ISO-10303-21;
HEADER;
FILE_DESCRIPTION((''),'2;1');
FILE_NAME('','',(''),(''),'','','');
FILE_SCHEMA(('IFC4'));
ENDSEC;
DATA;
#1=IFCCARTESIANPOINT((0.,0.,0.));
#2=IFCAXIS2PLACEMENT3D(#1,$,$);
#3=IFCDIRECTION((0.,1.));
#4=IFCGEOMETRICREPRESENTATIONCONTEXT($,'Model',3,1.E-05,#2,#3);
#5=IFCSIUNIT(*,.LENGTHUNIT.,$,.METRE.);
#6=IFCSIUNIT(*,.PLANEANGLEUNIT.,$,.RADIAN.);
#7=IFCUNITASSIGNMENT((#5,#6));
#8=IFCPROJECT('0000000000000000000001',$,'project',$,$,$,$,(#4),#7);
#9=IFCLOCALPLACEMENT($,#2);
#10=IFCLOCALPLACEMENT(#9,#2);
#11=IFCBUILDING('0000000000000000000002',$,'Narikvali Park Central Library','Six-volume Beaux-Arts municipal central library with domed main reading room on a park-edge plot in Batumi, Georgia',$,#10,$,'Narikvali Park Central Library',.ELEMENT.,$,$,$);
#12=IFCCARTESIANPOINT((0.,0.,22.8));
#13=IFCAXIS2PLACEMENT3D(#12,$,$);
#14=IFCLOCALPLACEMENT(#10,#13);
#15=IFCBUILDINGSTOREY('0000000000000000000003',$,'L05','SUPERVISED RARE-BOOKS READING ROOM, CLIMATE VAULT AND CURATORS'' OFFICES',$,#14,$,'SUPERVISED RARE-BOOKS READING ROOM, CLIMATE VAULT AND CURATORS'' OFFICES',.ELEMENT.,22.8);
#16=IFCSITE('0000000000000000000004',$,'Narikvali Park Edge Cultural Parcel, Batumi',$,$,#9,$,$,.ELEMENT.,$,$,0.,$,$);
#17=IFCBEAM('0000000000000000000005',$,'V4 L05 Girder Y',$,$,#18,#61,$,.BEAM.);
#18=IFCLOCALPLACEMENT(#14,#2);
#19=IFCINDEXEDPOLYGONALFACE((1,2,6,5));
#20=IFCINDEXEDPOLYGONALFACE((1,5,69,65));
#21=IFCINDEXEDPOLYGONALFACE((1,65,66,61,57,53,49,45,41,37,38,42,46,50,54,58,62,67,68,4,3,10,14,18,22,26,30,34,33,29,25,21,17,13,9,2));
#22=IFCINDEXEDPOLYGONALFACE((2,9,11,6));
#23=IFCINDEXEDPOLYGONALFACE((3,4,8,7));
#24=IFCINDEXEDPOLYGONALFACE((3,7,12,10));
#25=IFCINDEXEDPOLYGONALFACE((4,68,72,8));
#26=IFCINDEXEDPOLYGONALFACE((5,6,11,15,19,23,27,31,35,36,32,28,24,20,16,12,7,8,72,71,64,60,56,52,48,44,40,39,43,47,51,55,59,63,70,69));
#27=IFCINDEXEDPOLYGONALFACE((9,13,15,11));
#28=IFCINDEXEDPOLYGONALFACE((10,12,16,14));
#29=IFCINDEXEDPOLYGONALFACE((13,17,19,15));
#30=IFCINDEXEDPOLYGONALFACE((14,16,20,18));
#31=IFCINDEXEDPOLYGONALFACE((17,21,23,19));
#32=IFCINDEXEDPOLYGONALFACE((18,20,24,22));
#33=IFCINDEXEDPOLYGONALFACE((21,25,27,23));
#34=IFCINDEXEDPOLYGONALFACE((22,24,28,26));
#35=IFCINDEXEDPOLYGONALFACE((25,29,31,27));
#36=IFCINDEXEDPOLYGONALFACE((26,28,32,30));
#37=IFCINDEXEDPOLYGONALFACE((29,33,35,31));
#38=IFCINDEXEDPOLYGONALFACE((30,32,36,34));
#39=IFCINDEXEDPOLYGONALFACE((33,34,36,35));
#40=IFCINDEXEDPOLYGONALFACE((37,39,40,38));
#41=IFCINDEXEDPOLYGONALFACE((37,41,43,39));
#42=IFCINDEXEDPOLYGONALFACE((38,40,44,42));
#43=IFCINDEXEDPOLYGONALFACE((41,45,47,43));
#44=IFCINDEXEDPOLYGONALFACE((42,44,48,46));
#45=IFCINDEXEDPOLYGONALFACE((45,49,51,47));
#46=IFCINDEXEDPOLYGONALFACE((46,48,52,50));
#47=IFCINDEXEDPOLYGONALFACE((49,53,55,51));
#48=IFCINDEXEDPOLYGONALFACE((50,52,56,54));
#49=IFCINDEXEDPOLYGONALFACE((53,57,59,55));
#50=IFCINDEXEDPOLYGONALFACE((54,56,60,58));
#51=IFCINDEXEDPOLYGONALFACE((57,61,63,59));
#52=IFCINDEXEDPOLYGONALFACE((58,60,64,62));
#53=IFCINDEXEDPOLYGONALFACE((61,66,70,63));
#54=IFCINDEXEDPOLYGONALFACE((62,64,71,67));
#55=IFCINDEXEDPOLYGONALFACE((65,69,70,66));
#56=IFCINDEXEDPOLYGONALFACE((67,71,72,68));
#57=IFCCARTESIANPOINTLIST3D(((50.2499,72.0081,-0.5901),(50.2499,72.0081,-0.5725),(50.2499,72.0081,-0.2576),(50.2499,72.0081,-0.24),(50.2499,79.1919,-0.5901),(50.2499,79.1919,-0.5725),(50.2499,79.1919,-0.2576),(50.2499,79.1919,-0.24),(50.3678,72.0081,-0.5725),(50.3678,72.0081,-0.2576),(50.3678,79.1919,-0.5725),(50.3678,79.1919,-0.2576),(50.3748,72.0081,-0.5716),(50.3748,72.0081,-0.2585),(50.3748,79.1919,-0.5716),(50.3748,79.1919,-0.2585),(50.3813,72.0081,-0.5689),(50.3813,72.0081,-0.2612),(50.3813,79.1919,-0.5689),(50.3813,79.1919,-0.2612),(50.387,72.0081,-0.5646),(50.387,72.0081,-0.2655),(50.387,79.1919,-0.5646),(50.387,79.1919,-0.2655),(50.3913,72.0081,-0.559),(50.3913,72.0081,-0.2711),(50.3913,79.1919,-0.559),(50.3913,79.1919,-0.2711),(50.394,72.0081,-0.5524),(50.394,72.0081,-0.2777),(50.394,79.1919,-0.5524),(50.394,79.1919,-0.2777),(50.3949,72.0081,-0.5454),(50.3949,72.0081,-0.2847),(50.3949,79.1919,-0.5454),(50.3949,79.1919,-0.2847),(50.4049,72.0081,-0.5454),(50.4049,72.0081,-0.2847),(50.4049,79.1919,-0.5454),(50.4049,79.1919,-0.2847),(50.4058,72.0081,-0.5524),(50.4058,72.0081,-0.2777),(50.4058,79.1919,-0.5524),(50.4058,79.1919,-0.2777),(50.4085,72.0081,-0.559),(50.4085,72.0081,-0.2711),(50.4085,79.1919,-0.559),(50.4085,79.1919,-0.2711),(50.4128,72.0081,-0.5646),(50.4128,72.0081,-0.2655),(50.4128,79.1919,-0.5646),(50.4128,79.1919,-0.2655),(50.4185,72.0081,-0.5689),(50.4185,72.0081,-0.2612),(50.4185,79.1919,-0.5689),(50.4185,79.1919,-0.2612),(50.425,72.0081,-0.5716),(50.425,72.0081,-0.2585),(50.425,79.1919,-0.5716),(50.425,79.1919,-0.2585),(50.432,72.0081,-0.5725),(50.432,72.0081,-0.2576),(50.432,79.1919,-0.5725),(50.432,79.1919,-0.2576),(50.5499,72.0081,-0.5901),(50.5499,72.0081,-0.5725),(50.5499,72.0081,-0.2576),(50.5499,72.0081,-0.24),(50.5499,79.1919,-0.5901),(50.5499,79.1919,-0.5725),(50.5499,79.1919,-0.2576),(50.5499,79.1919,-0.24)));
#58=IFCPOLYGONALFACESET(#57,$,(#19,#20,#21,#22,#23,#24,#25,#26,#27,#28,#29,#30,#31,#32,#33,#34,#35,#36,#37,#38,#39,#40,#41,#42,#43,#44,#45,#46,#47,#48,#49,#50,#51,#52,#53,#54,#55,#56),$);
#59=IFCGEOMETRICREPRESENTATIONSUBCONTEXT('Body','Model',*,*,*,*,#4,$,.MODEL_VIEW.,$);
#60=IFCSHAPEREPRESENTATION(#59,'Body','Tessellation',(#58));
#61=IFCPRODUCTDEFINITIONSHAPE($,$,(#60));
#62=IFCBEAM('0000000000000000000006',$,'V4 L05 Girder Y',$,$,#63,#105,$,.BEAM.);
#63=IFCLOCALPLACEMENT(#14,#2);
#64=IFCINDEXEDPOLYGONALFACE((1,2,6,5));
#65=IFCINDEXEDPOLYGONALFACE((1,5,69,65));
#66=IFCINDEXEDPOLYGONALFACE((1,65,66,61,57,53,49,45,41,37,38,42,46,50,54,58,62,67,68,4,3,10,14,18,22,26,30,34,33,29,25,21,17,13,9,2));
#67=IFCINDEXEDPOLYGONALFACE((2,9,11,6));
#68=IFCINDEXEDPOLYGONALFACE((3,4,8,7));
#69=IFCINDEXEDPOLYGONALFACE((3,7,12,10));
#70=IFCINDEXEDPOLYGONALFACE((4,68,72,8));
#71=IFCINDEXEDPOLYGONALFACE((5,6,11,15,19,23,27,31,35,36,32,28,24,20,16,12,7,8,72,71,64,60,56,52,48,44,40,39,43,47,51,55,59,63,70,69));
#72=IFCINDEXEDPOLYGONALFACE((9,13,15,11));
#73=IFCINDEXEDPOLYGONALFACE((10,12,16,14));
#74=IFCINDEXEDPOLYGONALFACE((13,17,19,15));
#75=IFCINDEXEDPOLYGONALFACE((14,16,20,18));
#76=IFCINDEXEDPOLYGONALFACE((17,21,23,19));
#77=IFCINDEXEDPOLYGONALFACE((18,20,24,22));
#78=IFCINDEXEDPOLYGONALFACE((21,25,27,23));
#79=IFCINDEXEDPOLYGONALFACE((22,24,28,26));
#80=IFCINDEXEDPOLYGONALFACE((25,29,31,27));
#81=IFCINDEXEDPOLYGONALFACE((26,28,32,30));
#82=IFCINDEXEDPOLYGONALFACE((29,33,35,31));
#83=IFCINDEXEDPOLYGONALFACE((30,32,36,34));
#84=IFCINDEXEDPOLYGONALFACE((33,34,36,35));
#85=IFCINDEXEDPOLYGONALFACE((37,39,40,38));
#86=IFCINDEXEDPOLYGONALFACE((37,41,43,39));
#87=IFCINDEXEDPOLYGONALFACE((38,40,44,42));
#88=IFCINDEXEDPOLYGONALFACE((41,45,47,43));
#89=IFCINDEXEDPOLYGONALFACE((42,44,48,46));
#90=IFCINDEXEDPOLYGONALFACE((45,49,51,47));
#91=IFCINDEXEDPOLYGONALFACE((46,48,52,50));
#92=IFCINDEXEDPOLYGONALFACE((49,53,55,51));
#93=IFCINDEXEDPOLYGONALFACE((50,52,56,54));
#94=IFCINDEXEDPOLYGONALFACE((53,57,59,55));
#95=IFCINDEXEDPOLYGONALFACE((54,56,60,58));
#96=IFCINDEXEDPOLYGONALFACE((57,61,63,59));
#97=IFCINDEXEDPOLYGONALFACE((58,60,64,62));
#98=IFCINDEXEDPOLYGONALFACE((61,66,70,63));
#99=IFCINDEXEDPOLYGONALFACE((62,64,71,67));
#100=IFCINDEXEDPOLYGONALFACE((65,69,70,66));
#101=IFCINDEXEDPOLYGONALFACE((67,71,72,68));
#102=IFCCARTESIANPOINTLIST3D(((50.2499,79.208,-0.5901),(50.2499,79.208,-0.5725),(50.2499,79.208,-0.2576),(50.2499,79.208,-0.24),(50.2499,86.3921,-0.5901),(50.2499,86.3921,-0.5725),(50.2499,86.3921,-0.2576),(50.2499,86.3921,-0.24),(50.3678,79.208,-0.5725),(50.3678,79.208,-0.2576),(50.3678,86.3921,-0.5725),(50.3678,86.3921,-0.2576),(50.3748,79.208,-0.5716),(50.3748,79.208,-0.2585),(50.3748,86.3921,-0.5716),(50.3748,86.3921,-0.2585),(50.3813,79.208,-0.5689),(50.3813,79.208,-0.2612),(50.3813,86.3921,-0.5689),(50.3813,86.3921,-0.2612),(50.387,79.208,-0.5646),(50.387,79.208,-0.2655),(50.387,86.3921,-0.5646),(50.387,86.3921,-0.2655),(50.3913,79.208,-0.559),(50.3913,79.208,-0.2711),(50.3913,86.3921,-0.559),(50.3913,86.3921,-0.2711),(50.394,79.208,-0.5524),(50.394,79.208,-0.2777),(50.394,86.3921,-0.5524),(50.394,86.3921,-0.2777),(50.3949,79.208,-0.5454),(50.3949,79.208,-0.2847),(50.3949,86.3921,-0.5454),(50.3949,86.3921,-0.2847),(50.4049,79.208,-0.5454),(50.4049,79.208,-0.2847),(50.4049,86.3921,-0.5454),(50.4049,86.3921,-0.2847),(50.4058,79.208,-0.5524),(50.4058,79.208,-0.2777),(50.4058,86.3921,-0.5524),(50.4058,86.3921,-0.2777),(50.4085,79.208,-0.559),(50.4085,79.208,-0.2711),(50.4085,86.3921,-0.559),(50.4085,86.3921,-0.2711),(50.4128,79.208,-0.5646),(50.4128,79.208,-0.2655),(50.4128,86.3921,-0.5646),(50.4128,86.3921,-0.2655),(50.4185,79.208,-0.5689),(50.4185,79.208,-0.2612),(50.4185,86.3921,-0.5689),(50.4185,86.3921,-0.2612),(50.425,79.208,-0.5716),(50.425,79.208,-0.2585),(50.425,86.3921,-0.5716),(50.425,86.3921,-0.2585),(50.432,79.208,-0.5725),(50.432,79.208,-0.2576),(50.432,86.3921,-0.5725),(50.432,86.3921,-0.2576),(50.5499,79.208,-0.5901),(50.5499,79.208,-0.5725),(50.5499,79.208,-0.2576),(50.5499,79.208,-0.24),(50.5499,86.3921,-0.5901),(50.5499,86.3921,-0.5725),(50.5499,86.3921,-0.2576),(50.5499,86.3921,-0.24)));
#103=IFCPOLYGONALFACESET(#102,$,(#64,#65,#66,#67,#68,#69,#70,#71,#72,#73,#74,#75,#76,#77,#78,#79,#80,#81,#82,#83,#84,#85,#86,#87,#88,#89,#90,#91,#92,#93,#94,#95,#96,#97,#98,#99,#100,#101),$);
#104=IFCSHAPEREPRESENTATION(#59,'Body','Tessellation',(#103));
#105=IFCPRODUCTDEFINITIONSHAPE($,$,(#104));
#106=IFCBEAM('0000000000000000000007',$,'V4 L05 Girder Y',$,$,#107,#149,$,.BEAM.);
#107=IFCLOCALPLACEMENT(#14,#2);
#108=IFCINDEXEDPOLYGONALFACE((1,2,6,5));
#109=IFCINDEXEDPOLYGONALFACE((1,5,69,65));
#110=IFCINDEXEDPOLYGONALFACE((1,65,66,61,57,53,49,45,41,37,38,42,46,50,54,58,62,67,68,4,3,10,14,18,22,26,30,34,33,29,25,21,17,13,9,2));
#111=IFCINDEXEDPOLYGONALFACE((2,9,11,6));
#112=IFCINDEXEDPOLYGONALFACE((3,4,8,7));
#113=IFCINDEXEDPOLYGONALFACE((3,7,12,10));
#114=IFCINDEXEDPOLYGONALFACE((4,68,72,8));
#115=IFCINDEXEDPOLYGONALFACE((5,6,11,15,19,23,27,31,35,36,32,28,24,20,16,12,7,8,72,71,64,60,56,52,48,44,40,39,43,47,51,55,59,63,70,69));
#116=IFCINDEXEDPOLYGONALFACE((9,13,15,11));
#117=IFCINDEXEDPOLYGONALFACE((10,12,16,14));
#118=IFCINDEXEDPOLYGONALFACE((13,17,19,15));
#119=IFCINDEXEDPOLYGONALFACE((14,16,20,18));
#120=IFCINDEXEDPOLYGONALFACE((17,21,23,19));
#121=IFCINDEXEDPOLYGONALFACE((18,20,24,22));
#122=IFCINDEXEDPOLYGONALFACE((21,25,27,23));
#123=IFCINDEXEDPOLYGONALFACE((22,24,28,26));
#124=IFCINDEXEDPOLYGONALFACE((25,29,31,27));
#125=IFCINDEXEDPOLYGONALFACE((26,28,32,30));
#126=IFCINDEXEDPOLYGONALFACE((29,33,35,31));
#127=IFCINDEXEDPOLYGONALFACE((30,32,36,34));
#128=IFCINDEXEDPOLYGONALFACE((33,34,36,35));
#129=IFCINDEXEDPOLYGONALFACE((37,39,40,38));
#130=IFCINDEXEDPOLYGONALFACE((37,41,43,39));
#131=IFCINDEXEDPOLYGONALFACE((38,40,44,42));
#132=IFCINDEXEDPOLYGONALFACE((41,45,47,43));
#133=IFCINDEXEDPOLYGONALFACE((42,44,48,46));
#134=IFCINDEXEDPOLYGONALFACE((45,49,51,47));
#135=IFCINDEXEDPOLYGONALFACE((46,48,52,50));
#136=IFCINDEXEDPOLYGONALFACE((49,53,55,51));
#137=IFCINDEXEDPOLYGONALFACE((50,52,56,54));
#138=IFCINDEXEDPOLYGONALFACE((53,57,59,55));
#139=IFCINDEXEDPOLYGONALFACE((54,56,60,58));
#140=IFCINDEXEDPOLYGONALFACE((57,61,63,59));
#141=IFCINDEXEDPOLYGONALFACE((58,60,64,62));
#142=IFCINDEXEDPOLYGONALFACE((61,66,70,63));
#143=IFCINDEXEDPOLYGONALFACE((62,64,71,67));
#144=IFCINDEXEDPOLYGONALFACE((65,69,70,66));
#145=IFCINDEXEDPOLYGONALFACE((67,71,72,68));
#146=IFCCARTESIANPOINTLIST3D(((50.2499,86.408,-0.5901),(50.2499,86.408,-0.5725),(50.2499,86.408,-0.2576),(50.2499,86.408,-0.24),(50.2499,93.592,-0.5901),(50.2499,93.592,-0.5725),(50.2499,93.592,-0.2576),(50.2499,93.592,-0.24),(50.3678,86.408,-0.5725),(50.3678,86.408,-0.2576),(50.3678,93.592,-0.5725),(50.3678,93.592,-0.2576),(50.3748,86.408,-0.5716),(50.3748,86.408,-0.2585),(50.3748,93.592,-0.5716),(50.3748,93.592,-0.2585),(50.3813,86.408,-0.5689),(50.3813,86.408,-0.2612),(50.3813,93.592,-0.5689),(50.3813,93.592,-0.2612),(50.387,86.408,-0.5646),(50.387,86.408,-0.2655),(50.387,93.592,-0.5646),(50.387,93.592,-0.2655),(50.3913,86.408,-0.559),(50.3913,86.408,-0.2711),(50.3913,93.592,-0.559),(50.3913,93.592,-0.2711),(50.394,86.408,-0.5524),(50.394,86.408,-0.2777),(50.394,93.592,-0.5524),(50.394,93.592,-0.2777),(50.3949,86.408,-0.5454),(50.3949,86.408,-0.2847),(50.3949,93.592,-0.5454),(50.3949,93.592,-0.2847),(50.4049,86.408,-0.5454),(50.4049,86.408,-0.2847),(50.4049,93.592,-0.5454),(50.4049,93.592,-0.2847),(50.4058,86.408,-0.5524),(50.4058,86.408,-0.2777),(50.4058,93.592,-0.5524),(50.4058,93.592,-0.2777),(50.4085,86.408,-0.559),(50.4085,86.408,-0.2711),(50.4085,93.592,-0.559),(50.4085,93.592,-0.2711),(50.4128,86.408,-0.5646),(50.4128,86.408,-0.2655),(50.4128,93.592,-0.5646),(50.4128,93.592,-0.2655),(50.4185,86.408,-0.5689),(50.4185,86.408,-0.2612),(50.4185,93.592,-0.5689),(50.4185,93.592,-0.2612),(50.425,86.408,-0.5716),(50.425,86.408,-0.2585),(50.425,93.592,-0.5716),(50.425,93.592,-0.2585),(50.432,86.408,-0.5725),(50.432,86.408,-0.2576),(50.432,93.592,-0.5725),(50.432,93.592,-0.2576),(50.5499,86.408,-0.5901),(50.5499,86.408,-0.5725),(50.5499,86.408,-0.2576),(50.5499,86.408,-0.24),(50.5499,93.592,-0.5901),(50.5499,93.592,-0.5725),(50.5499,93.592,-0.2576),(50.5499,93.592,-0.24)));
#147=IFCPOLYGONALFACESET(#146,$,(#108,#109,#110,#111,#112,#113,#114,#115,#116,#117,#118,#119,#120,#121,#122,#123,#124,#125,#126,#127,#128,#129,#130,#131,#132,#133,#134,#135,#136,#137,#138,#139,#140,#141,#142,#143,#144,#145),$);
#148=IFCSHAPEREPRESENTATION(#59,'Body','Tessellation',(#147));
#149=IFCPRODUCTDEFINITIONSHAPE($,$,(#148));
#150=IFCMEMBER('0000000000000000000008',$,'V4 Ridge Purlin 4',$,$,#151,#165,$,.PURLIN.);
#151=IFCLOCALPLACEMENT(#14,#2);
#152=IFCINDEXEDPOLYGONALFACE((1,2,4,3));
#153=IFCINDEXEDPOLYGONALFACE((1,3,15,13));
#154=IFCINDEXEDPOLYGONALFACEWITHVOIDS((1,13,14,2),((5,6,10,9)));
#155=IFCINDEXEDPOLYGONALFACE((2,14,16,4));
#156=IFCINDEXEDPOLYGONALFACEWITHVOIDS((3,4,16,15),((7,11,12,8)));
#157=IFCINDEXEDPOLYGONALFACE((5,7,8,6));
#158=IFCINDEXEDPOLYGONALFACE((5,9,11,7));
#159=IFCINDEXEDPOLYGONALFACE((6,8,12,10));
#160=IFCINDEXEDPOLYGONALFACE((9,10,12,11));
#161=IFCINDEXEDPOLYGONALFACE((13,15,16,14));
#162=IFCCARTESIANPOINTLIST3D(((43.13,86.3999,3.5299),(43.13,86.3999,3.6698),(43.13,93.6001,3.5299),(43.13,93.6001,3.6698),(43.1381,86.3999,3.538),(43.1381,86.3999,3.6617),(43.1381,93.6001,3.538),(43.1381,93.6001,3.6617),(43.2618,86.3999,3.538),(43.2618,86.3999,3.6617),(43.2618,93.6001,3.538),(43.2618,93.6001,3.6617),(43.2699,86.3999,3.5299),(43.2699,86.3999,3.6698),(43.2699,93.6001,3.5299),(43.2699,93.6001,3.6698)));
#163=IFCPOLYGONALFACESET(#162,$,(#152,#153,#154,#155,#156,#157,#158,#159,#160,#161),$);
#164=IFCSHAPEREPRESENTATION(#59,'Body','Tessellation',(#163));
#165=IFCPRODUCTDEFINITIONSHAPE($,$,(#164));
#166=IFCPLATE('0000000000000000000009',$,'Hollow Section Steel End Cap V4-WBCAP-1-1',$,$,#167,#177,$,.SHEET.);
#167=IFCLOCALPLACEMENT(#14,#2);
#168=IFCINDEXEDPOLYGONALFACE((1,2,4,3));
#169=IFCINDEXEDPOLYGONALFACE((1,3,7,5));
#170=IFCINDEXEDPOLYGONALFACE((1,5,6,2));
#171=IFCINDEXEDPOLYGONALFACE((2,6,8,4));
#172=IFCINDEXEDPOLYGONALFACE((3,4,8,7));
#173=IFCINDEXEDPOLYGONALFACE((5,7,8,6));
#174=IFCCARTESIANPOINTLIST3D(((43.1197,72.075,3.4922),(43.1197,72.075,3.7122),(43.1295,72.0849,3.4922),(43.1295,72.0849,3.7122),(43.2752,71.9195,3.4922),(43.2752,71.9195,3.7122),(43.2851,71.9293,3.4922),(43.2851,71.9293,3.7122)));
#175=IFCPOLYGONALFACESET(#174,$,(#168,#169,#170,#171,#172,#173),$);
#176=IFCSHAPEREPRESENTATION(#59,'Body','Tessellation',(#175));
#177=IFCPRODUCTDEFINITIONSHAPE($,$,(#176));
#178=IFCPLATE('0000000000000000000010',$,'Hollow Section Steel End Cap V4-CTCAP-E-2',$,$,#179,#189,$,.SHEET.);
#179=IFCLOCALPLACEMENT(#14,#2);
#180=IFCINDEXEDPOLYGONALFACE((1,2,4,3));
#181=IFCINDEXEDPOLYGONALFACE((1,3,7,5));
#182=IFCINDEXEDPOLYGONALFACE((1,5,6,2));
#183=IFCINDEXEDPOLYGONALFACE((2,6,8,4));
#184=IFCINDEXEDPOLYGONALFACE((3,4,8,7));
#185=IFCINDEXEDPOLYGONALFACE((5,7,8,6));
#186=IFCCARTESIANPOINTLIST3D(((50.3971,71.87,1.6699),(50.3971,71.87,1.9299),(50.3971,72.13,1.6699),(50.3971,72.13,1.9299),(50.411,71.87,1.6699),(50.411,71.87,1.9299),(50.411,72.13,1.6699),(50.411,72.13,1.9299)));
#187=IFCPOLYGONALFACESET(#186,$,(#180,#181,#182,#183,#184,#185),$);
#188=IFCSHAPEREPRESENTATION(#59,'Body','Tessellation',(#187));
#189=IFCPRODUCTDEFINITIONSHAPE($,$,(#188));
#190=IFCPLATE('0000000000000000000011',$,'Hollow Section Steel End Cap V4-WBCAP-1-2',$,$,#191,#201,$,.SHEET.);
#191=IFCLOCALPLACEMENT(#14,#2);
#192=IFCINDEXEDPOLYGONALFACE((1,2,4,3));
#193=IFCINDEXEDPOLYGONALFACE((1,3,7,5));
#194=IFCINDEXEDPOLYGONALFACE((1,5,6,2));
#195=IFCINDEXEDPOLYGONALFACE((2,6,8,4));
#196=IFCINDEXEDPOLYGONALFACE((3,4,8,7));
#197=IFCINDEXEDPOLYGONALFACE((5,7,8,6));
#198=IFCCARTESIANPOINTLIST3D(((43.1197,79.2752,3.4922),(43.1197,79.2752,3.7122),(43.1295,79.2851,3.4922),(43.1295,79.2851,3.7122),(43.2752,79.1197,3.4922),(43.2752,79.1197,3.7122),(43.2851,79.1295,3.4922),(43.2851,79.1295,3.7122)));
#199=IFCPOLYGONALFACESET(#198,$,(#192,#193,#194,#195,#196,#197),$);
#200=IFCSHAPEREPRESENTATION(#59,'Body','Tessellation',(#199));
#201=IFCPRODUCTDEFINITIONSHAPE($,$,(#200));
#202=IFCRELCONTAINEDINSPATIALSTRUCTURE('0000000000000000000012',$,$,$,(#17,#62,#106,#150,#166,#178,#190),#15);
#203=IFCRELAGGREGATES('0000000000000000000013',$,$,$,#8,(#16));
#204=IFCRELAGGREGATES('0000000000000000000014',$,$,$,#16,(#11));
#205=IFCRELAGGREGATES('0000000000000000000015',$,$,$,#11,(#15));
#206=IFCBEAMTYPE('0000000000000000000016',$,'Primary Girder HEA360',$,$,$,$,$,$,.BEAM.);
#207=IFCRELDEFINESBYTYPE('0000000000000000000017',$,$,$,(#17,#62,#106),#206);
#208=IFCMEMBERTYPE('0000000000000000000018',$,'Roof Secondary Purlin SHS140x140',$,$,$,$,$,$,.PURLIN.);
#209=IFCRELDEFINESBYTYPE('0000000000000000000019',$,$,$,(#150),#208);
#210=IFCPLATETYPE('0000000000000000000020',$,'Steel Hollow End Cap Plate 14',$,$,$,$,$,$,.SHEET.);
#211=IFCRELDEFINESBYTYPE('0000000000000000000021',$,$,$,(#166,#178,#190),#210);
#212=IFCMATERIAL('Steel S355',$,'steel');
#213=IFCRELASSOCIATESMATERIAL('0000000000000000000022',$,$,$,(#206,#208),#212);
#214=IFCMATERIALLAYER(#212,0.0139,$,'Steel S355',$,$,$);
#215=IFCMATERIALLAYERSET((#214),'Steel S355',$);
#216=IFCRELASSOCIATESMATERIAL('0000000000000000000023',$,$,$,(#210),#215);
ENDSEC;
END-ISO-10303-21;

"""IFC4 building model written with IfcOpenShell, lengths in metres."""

from ifc_helpers import new_model, si_unit, direction, frame, origin, origin_2d, place, context, subcontext, project, spatial, rectangle, hollow_rectangle, i_section, extrude, material, layer, layer_set, material_profile, profile_set, type_object, element, save


model = new_model("IFC4")

# Units and contexts
model_context = context("Model", 3, precision=1e-05, world=origin(), true_north=direction((0.0, 1.0)))
body_context = subcontext(model_context, "Body", "Model", "MODEL_VIEW")
ifc_project = project(units=[si_unit("LENGTHUNIT", "METRE"), si_unit("PLANEANGLEUNIT", "RADIAN")], contexts=[model_context])

# Site, building, storey
site_placement = place(None, origin())
site = spatial("IfcSite", under=ifc_project, at=site_placement, Name="Narikvali Park Edge Cultural Parcel, Batumi", CompositionType="ELEMENT", RefElevation=0.0)
building_placement = place(site_placement, origin())
building = spatial("IfcBuilding", under=site, at=building_placement, Name="Narikvali Park Central Library", Description="Six-volume Beaux-Arts municipal central library with domed main reading room on a park-edge plot in Batumi, Georgia", LongName="Narikvali Park Central Library", CompositionType="ELEMENT")
storey_placement = place(building_placement, frame((0.0, 0.0, 22.8)))
storey = spatial("IfcBuildingStorey", under=building, at=storey_placement, Name="L05", Description="SUPERVISED RARE-BOOKS READING ROOM, CLIMATE VAULT AND CURATORS' OFFICES", LongName="SUPERVISED RARE-BOOKS READING ROOM, CLIMATE VAULT AND CURATORS' OFFICES", CompositionType="ELEMENT", Elevation=22.8)

# Shared definitions
ifc_material = material(Name="Steel S355", Category="steel")

# Beams
ifc_material_profile_1 = material_profile(ifc_material, i_section(OverallWidth=0.3, OverallDepth=0.3501, WebThickness=0.01, FlangeThickness=0.0176, FilletRadius=0.0271, at=origin_2d()), Name="HEA 360")
ifc_profile_set_1 = profile_set([ifc_material_profile_1], Name="Steel S355")
beam_type_1 = type_object("IfcBeamType", Name="Primary Girder HEA360", PredefinedType="BEAM", material=ifc_profile_set_1)
beam_1_placement = place(storey_placement, frame((50.3999, 72.0081, -0.415), z_axis=(0.0, 1.0, 0.0), x_axis=(-1.0, 0.0, 0.0)))
element("IfcBeam", 1, at=beam_1_placement, inside=storey, type_object=beam_type_1, Name="V4 L05 Girder Y", PredefinedType="BEAM", context=body_context, shape_type="SweptSolid", body=[
    extrude(i_section(OverallWidth=0.3, OverallDepth=0.3501, WebThickness=0.01, FlangeThickness=0.0176, FilletRadius=0.0271, at=origin_2d()), origin(), (0.0, 0.0, 1.0), 7.1838),
])
for number, where, z_axis, x_axis, name in (
    (2, (50.3999, 79.208, -0.415), (0.0, 1.0, 0.0), (-1.0, 0.0, 0.0), "V4 L05 Girder Y"),
    (3, (50.3999, 86.408, -0.415), (0.0, 1.0, 0.0), (-1.0, 0.0, 0.0), "V4 L05 Girder Y"),
):
    element("IfcBeam", number, at=place(storey_placement, frame(where, z_axis=z_axis, x_axis=x_axis)), inside=storey, type_object=beam_type_1, Name=name, PredefinedType="BEAM", context=body_context, shape_type="SweptSolid", body=[
        extrude(i_section(OverallWidth=0.3, OverallDepth=0.3501, WebThickness=0.01, FlangeThickness=0.0176, FilletRadius=0.0271, at=origin_2d()), origin(), (0.0, 0.0, 1.0), 7.1841),
    ])

# Member
ifc_material_profile_2 = material_profile(ifc_material, hollow_rectangle(XDim=0.1399, YDim=0.1399, WallThickness=0.0081, at=origin_2d()), Name="SHS 140x140x8")
ifc_profile_set_2 = profile_set([ifc_material_profile_2], Name="Steel S355")
member_type_1 = type_object("IfcMemberType", Name="Roof Secondary Purlin SHS140x140", PredefinedType="PURLIN", material=ifc_profile_set_2)
member_1_placement = place(storey_placement, frame((43.2, 86.3999, 3.5999), z_axis=(0.0, 1.0, 0.0), x_axis=(-1.0, 0.0, 0.0)))
element("IfcMember", 4, at=member_1_placement, inside=storey, type_object=member_type_1, Name="V4 Ridge Purlin 4", PredefinedType="PURLIN", context=body_context, shape_type="SweptSolid", body=[
    extrude(hollow_rectangle(XDim=0.1399, YDim=0.1399, WallThickness=0.0081, at=origin_2d()), origin(), (0.0, 0.0, 1.0), 7.2002),
])

# Plates
ifc_layer = layer(ifc_material, 0.0139, Name="Steel S355")
ifc_layer_set = layer_set([ifc_layer], Name="Steel S355")
plate_type = type_object("IfcPlateType", Name="Steel Hollow End Cap Plate 14", PredefinedType="SHEET", material=ifc_layer_set)
plate_1_placement = place(storey_placement, frame((43.2024, 72.0022, 3.4922), z_axis=(0.0, 0.0, 1.0), x_axis=(0.707107, -0.707107, 0.0)))
element("IfcPlate", 5, at=plate_1_placement, inside=storey, type_object=plate_type, Name="Hollow Section Steel End Cap V4-WBCAP-1-1", PredefinedType="SHEET", context=body_context, shape_type="SweptSolid", body=[
    extrude(rectangle(XDim=0.22, YDim=0.0139, at=origin_2d()), origin(), (0.0, 0.0, 1.0), 0.22),
])
plate_2_placement = place(storey_placement, frame((50.4041, 72.0, 1.6699), z_axis=(0.0, 0.0, 1.0), x_axis=(1.0, 0.0, 0.0)))
element("IfcPlate", 6, at=plate_2_placement, inside=storey, type_object=plate_type, Name="Hollow Section Steel End Cap V4-CTCAP-E-2", PredefinedType="SHEET", context=body_context, shape_type="SweptSolid", body=[
    extrude(rectangle(XDim=0.0139, YDim=0.26, at=origin_2d()), origin(), (0.0, 0.0, 1.0), 0.26),
])
plate_3_placement = place(storey_placement, frame((43.2024, 79.2024, 3.4922), z_axis=(0.0, 0.0, 1.0), x_axis=(0.707107, -0.707107, 0.0)))
element("IfcPlate", 7, at=plate_3_placement, inside=storey, type_object=plate_type, Name="Hollow Section Steel End Cap V4-WBCAP-1-2", PredefinedType="SHEET", context=body_context, shape_type="SweptSolid", body=[
    extrude(rectangle(XDim=0.22, YDim=0.0139, at=origin_2d()), origin(), (0.0, 0.0, 1.0), 0.22),
])

save(model, "model.ifc")
